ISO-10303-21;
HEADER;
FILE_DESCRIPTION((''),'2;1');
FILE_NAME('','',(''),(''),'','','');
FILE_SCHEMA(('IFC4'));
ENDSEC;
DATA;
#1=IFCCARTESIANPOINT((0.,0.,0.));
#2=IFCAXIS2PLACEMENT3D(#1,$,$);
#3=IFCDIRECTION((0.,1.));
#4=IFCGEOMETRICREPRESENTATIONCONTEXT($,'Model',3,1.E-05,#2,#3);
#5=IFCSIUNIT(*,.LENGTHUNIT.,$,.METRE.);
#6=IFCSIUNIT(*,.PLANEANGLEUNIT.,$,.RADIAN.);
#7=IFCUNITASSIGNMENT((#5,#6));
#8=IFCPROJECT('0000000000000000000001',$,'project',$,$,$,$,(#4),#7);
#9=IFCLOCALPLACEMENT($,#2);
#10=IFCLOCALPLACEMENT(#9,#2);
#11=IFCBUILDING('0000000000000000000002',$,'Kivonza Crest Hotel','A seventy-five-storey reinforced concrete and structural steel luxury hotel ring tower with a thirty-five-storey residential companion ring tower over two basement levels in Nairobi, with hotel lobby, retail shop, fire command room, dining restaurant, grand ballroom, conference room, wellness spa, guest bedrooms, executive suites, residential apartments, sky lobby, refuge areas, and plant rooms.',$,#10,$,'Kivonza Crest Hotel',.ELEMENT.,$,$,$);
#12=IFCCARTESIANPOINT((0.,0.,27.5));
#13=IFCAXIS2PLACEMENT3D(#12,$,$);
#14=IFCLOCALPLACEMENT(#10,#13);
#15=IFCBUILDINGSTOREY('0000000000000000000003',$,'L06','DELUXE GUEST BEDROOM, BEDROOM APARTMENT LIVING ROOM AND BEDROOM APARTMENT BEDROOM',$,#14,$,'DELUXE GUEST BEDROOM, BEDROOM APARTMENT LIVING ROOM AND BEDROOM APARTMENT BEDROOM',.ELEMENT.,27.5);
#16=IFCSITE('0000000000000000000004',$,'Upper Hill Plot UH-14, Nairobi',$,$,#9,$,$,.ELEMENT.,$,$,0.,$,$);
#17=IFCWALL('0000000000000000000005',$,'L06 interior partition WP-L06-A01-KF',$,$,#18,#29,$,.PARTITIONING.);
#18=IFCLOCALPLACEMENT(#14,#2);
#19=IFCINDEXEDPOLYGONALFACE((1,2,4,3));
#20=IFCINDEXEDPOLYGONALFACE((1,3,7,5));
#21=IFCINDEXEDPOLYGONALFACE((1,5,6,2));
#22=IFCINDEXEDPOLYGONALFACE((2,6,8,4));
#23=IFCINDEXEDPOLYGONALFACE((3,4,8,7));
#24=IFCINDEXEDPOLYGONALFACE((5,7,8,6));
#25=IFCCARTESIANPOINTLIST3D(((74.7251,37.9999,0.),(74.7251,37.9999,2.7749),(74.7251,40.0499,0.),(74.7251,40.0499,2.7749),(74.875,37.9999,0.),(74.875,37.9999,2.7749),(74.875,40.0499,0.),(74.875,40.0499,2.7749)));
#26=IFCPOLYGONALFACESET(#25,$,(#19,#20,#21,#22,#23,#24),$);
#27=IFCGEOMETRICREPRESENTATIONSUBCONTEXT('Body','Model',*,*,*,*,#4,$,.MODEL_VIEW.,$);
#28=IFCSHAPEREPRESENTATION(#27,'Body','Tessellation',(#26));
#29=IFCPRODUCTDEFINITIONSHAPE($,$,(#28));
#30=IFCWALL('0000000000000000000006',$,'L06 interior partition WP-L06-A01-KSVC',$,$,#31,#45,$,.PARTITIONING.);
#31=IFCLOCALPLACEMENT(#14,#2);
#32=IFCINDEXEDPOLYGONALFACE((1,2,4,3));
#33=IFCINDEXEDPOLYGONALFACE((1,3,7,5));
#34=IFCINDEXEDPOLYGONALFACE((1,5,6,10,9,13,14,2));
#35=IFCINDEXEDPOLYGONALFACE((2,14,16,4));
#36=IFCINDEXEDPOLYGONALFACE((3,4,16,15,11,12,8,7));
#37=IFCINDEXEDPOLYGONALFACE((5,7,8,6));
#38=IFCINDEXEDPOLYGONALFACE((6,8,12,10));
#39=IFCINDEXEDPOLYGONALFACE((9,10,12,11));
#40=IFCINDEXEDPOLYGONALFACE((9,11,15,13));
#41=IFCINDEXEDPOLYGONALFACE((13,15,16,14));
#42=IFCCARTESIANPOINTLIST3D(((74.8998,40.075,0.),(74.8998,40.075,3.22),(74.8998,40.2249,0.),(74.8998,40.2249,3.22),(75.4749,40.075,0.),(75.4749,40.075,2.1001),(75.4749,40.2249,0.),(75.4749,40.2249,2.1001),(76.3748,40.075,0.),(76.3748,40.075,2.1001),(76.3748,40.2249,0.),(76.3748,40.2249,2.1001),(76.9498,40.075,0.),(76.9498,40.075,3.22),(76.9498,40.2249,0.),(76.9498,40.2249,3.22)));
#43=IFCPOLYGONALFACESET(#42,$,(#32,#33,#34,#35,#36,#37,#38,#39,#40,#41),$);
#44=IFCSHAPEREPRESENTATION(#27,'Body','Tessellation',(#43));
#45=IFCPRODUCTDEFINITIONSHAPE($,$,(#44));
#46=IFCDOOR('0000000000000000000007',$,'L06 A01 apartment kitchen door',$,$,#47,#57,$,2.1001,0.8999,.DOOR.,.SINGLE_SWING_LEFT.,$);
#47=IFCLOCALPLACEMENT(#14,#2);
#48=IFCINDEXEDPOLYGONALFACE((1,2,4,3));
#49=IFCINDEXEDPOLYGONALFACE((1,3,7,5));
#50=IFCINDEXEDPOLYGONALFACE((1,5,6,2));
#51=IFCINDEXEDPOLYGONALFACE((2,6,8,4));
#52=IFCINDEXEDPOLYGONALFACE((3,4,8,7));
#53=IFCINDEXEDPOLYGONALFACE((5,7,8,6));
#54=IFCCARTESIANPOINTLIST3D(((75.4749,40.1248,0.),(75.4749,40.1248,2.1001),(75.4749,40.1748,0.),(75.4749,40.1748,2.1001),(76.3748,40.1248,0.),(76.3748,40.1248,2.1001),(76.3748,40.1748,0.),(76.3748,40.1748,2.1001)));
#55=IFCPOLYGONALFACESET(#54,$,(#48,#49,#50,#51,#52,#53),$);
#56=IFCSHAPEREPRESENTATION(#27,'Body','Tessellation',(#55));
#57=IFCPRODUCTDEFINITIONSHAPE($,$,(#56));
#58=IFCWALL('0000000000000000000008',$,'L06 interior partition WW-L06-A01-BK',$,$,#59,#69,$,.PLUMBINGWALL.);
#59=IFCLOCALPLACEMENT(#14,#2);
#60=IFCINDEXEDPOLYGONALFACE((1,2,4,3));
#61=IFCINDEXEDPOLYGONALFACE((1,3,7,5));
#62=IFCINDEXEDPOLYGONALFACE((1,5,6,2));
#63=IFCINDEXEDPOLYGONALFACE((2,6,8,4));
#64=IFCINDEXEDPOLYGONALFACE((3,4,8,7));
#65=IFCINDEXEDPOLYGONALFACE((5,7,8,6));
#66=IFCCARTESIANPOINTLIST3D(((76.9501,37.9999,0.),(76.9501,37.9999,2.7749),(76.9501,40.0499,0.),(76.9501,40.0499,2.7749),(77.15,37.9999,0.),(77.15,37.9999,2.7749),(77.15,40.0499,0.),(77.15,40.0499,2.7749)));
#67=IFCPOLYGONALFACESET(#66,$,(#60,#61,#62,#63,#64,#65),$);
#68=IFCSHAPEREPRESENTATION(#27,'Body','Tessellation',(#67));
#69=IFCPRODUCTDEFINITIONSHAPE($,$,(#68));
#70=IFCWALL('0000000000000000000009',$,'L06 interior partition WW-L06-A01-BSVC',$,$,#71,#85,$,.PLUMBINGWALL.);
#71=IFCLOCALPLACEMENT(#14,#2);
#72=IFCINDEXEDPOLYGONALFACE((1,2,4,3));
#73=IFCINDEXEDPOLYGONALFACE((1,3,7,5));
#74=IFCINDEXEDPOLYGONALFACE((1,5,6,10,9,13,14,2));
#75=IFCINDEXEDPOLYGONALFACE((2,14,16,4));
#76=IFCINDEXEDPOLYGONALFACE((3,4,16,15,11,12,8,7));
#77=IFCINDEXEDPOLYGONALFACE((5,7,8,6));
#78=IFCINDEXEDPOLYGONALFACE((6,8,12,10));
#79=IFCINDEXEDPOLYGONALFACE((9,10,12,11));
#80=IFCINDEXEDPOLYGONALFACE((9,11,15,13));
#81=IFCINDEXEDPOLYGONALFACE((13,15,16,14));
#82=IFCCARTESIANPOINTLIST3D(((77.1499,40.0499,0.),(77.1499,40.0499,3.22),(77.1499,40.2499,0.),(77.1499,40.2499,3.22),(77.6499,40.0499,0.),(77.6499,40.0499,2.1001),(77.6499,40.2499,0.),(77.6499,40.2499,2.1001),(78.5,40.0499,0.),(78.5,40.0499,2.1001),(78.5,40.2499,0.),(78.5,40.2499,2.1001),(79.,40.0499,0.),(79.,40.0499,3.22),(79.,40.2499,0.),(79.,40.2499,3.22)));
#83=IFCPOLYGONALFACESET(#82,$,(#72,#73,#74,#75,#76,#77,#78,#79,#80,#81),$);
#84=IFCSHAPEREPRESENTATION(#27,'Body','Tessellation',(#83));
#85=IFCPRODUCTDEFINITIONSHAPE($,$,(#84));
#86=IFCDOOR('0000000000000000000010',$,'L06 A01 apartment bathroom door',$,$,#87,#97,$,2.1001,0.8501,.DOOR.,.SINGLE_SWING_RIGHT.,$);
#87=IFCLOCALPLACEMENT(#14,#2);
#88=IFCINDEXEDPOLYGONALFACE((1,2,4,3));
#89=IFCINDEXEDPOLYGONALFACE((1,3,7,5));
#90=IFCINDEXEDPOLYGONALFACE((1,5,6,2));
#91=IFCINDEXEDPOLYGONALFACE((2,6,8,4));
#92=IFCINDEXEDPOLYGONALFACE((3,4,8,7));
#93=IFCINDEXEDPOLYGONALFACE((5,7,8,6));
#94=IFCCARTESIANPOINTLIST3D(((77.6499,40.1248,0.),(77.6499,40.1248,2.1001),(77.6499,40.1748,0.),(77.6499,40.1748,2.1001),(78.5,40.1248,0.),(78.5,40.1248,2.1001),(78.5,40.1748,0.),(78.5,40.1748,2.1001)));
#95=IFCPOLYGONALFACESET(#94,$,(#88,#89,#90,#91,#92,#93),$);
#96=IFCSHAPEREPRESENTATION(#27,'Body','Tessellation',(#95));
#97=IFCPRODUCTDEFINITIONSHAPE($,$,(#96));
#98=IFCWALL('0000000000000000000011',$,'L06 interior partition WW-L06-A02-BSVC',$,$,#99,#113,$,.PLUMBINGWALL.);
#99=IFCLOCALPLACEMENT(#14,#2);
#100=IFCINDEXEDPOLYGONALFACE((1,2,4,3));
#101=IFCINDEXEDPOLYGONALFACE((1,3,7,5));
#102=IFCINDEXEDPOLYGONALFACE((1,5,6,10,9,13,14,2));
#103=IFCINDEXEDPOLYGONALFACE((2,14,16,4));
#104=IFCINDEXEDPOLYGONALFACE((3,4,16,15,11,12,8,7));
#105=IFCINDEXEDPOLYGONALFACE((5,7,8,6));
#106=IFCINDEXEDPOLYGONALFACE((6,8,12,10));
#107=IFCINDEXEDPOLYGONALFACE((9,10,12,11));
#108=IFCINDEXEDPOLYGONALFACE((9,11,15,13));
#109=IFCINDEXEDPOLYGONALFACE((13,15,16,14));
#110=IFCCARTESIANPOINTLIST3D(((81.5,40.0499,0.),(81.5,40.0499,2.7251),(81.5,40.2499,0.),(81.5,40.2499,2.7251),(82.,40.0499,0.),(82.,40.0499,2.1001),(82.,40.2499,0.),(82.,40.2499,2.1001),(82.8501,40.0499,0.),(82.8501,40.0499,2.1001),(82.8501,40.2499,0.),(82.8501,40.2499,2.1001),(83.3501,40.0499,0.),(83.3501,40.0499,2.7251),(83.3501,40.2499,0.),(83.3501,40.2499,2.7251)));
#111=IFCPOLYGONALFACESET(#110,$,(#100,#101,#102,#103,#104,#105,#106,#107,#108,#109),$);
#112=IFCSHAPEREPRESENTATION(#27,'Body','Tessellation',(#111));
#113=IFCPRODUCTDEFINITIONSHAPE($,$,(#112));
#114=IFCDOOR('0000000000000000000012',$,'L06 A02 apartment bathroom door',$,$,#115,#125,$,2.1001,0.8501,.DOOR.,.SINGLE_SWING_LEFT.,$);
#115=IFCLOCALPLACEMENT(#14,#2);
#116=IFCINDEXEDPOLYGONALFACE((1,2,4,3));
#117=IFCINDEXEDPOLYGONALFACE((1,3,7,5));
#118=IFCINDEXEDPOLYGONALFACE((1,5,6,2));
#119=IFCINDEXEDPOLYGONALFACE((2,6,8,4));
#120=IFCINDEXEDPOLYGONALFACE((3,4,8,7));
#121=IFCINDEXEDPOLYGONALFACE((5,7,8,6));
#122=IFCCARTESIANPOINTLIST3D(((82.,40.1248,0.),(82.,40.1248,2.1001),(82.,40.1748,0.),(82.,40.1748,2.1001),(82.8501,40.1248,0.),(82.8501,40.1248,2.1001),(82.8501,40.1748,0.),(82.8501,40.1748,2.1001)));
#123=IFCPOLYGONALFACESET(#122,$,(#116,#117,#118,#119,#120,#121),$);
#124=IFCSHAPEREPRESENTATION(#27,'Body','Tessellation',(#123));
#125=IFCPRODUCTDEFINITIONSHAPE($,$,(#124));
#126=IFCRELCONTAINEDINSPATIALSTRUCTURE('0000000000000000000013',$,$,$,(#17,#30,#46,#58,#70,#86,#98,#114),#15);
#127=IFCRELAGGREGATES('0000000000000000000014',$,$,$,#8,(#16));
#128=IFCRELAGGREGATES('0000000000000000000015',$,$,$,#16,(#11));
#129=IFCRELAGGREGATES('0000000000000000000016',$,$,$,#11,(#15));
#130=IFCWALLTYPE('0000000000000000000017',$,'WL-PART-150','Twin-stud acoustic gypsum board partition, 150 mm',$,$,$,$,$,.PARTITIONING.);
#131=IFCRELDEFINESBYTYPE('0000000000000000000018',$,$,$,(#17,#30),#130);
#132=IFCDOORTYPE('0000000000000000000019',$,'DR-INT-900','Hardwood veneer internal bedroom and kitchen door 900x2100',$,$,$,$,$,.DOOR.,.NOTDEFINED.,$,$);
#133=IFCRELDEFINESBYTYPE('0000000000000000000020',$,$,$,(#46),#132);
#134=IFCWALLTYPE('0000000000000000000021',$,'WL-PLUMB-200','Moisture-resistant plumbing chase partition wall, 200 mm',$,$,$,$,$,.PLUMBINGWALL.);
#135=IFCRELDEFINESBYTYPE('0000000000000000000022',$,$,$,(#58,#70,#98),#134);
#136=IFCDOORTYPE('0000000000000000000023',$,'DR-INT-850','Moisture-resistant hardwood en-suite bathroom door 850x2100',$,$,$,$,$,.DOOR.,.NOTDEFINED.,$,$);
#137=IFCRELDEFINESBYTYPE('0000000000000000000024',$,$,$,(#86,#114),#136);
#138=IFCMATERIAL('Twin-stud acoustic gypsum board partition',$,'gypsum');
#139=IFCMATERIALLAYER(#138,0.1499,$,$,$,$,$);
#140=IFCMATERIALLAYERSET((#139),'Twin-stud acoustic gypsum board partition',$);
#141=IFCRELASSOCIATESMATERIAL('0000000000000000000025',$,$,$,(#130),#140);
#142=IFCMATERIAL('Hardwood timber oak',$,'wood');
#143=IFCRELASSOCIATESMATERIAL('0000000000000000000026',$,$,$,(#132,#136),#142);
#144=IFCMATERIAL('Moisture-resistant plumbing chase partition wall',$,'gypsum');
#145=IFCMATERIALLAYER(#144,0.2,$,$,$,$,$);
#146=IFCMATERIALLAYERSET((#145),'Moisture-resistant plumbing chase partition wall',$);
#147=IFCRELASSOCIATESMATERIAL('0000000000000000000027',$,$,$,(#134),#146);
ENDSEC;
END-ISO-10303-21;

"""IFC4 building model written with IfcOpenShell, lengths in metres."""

from ifc_helpers import new_model, si_unit, direction, frame, frame_2d, origin, place, context, subcontext, project, spatial, rectangle, extrude, material, layer, layer_set, type_object, element, fill, save


model = new_model("IFC4")

# Units and contexts
model_context = context("Model", 3, precision=1e-05, world=origin(), true_north=direction((0.0, 1.0)))
body_context = subcontext(model_context, "Body", "Model", "MODEL_VIEW")
ifc_project = project(units=[si_unit("LENGTHUNIT", "METRE"), si_unit("PLANEANGLEUNIT", "RADIAN")], contexts=[model_context])

# Site, building, storey
site_placement = place(None, origin())
site = spatial("IfcSite", under=ifc_project, at=site_placement, Name="Upper Hill Plot UH-14, Nairobi", CompositionType="ELEMENT", RefElevation=0.0)
building_placement = place(site_placement, origin())
building = spatial("IfcBuilding", under=site, at=building_placement, Name="Kivonza Crest Hotel", Description="A seventy-five-storey reinforced concrete and structural steel luxury hotel ring tower with a thirty-five-storey residential companion ring tower over two basement levels in Nairobi, with hotel lobby, retail shop, fire command room, dining restaurant, grand ballroom, conference room, wellness spa, guest bedrooms, executive suites, residential apartments, sky lobby, refuge areas, and plant rooms.", LongName="Kivonza Crest Hotel", CompositionType="ELEMENT")
storey_placement = place(building_placement, frame((0.0, 0.0, 27.5)))
storey = spatial("IfcBuildingStorey", under=building, at=storey_placement, Name="L06", Description="DELUXE GUEST BEDROOM, BEDROOM APARTMENT LIVING ROOM AND BEDROOM APARTMENT BEDROOM", LongName="DELUXE GUEST BEDROOM, BEDROOM APARTMENT LIVING ROOM AND BEDROOM APARTMENT BEDROOM", CompositionType="ELEMENT", Elevation=27.5)

# Shared definitions
ifc_material_1 = material(Name="Twin-stud acoustic gypsum board partition", Category="gypsum")
ifc_layer_1 = layer(ifc_material_1, 0.1499)
ifc_layer_set_1 = layer_set([ifc_layer_1], Name="Twin-stud acoustic gypsum board partition")
wall_type_1 = type_object("IfcWallType", Name="WL-PART-150", Description="Twin-stud acoustic gypsum board partition, 150 mm", PredefinedType="PARTITIONING", material=ifc_layer_set_1)
ifc_material_2 = material(Name="Hardwood timber oak", Category="wood")
door_type_1 = type_object("IfcDoorType", Name="DR-INT-900", Description="Hardwood veneer internal bedroom and kitchen door 900x2100", OperationType="NOTDEFINED", PredefinedType="DOOR", material=ifc_material_2)

# Wall
wall_1_placement = place(storey_placement, frame((74.8, 38.0, 0.0), z_axis=(0.0, 0.0, 1.0), x_axis=(0.0, 1.0, 0.0)))
element("IfcWall", 1, at=wall_1_placement, inside=storey, type_object=wall_type_1, Name="L06 interior partition WP-L06-A01-KF", PredefinedType="PARTITIONING", context=body_context, shape_type="SweptSolid", body=[
    extrude(rectangle(XDim=2.05, YDim=0.1499, at=frame_2d((1.0249, 0.0))), origin(), (0.0, 0.0, 1.0), 2.7749),
])

# Wall, opening, door
wall_2_placement = place(storey_placement, frame((74.8999, 40.1499, 0.0), z_axis=(0.0, 0.0, 1.0), x_axis=(1.0, 0.0, 0.0)))
wall_2 = element("IfcWall", 2, at=wall_2_placement, inside=storey, type_object=wall_type_1, Name="L06 interior partition WP-L06-A01-KSVC", PredefinedType="PARTITIONING", context=body_context, shape_type="SweptSolid", body=[
    extrude(rectangle(XDim=2.05, YDim=0.1499, at=frame_2d((1.0249, 0.0))), origin(), (0.0, 0.0, 1.0), 3.22),
])
opening_1_placement = place(wall_2_placement, frame((0.575, 0.0, 0.0)))
opening_1 = element("IfcOpeningElement", 3, at=opening_1_placement, cuts=wall_2, PredefinedType="OPENING", context=body_context, shape_type="SweptSolid", body=[
    extrude(rectangle(XDim=0.8999, YDim=2.1001, at=frame_2d((0.45, 1.05))), frame((0.0, 0.085, 0.0), z_axis=(0.0, -1.0, 0.0), x_axis=(1.0, 0.0, 0.0)), (0.0, 0.0, 1.0), 0.1699),
])
door_1_placement = place(opening_1_placement, origin())
door_1 = element("IfcDoor", 4, at=door_1_placement, inside=storey, type_object=door_type_1, Name="L06 A01 apartment kitchen door", OperationType="SINGLE_SWING_LEFT", OverallHeight=2.1001, OverallWidth=0.8999, PredefinedType="DOOR", context=body_context, shape_type="SweptSolid", body=[
    extrude(rectangle(XDim=0.8999, YDim=2.1001, at=frame_2d((0.45, 1.05))), frame((0.0, 0.0249, 0.0), z_axis=(0.0, -1.0, 0.0), x_axis=(1.0, 0.0, 0.0)), (0.0, 0.0, 1.0), 0.05),
])
fill(opening_1, door_1)

# Wall
ifc_material_3 = material(Name="Moisture-resistant plumbing chase partition wall", Category="gypsum")
ifc_layer_2 = layer(ifc_material_3, 0.2)
ifc_layer_set_2 = layer_set([ifc_layer_2], Name="Moisture-resistant plumbing chase partition wall")
wall_type_2 = type_object("IfcWallType", Name="WL-PLUMB-200", Description="Moisture-resistant plumbing chase partition wall, 200 mm", PredefinedType="PLUMBINGWALL", material=ifc_layer_set_2)
wall_3_placement = place(storey_placement, frame((77.05, 38.0, 0.0), z_axis=(0.0, 0.0, 1.0), x_axis=(0.0, 1.0, 0.0)))
element("IfcWall", 5, at=wall_3_placement, inside=storey, type_object=wall_type_2, Name="L06 interior partition WW-L06-A01-BK", PredefinedType="PLUMBINGWALL", context=body_context, shape_type="SweptSolid", body=[
    extrude(rectangle(XDim=2.05, YDim=0.2, at=frame_2d((1.0249, 0.0))), origin(), (0.0, 0.0, 1.0), 2.7749),
])

# Walls, openings, doors
wall_4_placement = place(storey_placement, frame((77.1499, 40.1499, 0.0), z_axis=(0.0, 0.0, 1.0), x_axis=(1.0, 0.0, 0.0)))
wall_4 = element("IfcWall", 6, at=wall_4_placement, inside=storey, type_object=wall_type_2, Name="L06 interior partition WW-L06-A01-BSVC", PredefinedType="PLUMBINGWALL", context=body_context, shape_type="SweptSolid", body=[
    extrude(rectangle(XDim=1.8501, YDim=0.2, at=frame_2d((0.925, 0.0))), origin(), (0.0, 0.0, 1.0), 3.22),
])
opening_2_placement = place(wall_4_placement, frame((0.5, 0.0, 0.0)))
opening_2 = element("IfcOpeningElement", 7, at=opening_2_placement, cuts=wall_4, PredefinedType="OPENING", context=body_context, shape_type="SweptSolid", body=[
    extrude(rectangle(XDim=0.8501, YDim=2.1001, at=frame_2d((0.425, 1.05))), frame((0.0, 0.1099, 0.0), z_axis=(0.0, -1.0, 0.0), x_axis=(1.0, 0.0, 0.0)), (0.0, 0.0, 1.0), 0.22),
])
door_type_2 = type_object("IfcDoorType", Name="DR-INT-850", Description="Moisture-resistant hardwood en-suite bathroom door 850x2100", OperationType="NOTDEFINED", PredefinedType="DOOR", material=ifc_material_2)
door_2_placement = place(opening_2_placement, origin())
door_2 = element("IfcDoor", 8, at=door_2_placement, inside=storey, type_object=door_type_2, Name="L06 A01 apartment bathroom door", OperationType="SINGLE_SWING_RIGHT", OverallHeight=2.1001, OverallWidth=0.8501, PredefinedType="DOOR", context=body_context, shape_type="SweptSolid", body=[
    extrude(rectangle(XDim=0.8501, YDim=2.1001, at=frame_2d((0.425, 1.05))), frame((0.0, 0.0249, 0.0), z_axis=(0.0, -1.0, 0.0), x_axis=(1.0, 0.0, 0.0)), (0.0, 0.0, 1.0), 0.05),
])
fill(opening_2, door_2)
wall_5_placement = place(storey_placement, frame((81.5, 40.1499, 0.0), z_axis=(0.0, 0.0, 1.0), x_axis=(1.0, 0.0, 0.0)))
wall_5 = element("IfcWall", 9, at=wall_5_placement, inside=storey, type_object=wall_type_2, Name="L06 interior partition WW-L06-A02-BSVC", PredefinedType="PLUMBINGWALL", context=body_context, shape_type="SweptSolid", body=[
    extrude(rectangle(XDim=1.8501, YDim=0.2, at=frame_2d((0.925, 0.0))), origin(), (0.0, 0.0, 1.0), 2.7251),
])
opening_3_placement = place(wall_5_placement, frame((0.5, 0.0, 0.0)))
opening_3 = element("IfcOpeningElement", 10, at=opening_3_placement, cuts=wall_5, PredefinedType="OPENING", context=body_context, shape_type="SweptSolid", body=[
    extrude(rectangle(XDim=0.8501, YDim=2.1001, at=frame_2d((0.425, 1.05))), frame((0.0, 0.1099, 0.0), z_axis=(0.0, -1.0, 0.0), x_axis=(1.0, 0.0, 0.0)), (0.0, 0.0, 1.0), 0.22),
])
door_3_placement = place(opening_3_placement, origin())
door_3 = element("IfcDoor", 11, at=door_3_placement, inside=storey, type_object=door_type_2, Name="L06 A02 apartment bathroom door", OperationType="SINGLE_SWING_LEFT", OverallHeight=2.1001, OverallWidth=0.8501, PredefinedType="DOOR", context=body_context, shape_type="SweptSolid", body=[
    extrude(rectangle(XDim=0.8501, YDim=2.1001, at=frame_2d((0.425, 1.05))), frame((0.0, 0.0249, 0.0), z_axis=(0.0, -1.0, 0.0), x_axis=(1.0, 0.0, 0.0)), (0.0, 0.0, 1.0), 0.05),
])
fill(opening_3, door_3)

save(model, "model.ifc")
